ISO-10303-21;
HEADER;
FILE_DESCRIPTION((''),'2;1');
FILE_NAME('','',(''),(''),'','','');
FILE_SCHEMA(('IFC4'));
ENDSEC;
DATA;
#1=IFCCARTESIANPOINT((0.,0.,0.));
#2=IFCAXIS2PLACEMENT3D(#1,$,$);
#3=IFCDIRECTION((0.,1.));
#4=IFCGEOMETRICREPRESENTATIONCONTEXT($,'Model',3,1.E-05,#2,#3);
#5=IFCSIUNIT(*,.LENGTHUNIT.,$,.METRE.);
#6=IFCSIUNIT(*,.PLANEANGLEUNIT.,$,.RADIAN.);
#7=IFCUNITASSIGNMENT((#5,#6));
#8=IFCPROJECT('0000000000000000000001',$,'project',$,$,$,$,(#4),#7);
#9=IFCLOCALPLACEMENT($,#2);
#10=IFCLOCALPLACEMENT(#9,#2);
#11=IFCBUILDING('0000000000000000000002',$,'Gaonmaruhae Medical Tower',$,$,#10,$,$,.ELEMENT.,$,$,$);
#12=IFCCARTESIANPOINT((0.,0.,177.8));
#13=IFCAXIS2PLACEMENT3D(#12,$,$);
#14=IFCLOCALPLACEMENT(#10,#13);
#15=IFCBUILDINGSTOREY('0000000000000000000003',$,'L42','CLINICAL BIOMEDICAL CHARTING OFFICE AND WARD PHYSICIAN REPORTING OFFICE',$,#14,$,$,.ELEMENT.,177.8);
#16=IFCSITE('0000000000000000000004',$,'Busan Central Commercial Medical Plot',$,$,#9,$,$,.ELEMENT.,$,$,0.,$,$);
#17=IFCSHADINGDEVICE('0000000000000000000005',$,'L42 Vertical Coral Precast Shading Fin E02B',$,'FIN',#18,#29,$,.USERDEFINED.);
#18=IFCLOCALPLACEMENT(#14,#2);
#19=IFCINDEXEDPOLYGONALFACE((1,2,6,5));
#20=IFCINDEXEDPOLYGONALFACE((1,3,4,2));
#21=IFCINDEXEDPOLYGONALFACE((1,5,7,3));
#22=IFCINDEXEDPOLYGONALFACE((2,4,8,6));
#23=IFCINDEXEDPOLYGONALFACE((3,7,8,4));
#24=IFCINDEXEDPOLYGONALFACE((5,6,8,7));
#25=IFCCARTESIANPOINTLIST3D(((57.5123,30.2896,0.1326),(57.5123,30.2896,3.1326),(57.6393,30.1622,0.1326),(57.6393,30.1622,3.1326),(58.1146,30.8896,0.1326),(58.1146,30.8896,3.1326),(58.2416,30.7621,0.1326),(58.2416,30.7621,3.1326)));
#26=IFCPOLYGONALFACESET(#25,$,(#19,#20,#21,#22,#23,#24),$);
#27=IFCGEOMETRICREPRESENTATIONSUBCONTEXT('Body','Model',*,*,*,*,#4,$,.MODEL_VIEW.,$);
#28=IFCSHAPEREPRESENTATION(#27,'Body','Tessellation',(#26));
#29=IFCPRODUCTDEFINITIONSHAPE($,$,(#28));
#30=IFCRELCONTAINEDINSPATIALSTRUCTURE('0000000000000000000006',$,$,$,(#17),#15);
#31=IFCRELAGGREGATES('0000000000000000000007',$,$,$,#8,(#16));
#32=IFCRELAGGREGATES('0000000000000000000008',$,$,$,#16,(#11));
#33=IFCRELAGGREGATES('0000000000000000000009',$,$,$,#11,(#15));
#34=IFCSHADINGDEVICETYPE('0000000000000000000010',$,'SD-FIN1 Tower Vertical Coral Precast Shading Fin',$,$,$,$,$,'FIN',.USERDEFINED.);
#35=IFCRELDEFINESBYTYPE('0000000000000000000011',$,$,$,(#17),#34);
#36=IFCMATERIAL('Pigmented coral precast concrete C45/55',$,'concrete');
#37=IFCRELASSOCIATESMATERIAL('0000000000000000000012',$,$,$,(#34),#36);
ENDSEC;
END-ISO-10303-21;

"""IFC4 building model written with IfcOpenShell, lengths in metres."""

from ifc_helpers import new_model, si_unit, direction, frame, origin, origin_2d, place, context, subcontext, project, spatial, rectangle, extrude, material, type_object, element, save


model = new_model("IFC4")

# Units and contexts
model_context = context("Model", 3, precision=1e-05, world=origin(), true_north=direction((0.0, 1.0)))
body_context = subcontext(model_context, "Body", "Model", "MODEL_VIEW")
ifc_project = project(units=[si_unit("LENGTHUNIT", "METRE"), si_unit("PLANEANGLEUNIT", "RADIAN")], contexts=[model_context])

# Site, building, storey
site_placement = place(None, origin())
site = spatial("IfcSite", under=ifc_project, at=site_placement, Name="Busan Central Commercial Medical Plot", CompositionType="ELEMENT", RefElevation=0.0)
building_placement = place(site_placement, origin())
building = spatial("IfcBuilding", under=site, at=building_placement, Name="Gaonmaruhae Medical Tower", CompositionType="ELEMENT")
storey_placement = place(building_placement, frame((0.0, 0.0, 177.8)))
storey = spatial("IfcBuildingStorey", under=building, at=storey_placement, Name="L42", Description="CLINICAL BIOMEDICAL CHARTING OFFICE AND WARD PHYSICIAN REPORTING OFFICE", CompositionType="ELEMENT", Elevation=177.8)

# Shading device
ifc_material_1 = material(Name="Pigmented coral precast concrete C45/55", Category="concrete")
shading_device_type = type_object("IfcShadingDeviceType", Name="SD-FIN1 Tower Vertical Coral Precast Shading Fin", ElementType="FIN", PredefinedType="USERDEFINED", material=ifc_material_1)
for number, where, z_axis, x_axis, name in (
    (1, (57.877, 30.5259, 0.1326), (0.0, 0.0, 1.0), (0.705748, -0.708463, 0.0), "L42 Vertical Coral Precast Shading Fin E02B"),
):
    element("IfcShadingDevice", number, at=place(storey_placement, frame(where, z_axis=z_axis, x_axis=x_axis)), inside=storey, type_object=shading_device_type, Name=name, ObjectType="FIN", PredefinedType="USERDEFINED", context=body_context, shape_type="SweptSolid", body=[
        extrude(rectangle(XDim=0.1799, YDim=0.8501, at=origin_2d()), origin(), (0.0, 0.0, 1.0), 3.0),
    ])

save(model, "model.ifc")
